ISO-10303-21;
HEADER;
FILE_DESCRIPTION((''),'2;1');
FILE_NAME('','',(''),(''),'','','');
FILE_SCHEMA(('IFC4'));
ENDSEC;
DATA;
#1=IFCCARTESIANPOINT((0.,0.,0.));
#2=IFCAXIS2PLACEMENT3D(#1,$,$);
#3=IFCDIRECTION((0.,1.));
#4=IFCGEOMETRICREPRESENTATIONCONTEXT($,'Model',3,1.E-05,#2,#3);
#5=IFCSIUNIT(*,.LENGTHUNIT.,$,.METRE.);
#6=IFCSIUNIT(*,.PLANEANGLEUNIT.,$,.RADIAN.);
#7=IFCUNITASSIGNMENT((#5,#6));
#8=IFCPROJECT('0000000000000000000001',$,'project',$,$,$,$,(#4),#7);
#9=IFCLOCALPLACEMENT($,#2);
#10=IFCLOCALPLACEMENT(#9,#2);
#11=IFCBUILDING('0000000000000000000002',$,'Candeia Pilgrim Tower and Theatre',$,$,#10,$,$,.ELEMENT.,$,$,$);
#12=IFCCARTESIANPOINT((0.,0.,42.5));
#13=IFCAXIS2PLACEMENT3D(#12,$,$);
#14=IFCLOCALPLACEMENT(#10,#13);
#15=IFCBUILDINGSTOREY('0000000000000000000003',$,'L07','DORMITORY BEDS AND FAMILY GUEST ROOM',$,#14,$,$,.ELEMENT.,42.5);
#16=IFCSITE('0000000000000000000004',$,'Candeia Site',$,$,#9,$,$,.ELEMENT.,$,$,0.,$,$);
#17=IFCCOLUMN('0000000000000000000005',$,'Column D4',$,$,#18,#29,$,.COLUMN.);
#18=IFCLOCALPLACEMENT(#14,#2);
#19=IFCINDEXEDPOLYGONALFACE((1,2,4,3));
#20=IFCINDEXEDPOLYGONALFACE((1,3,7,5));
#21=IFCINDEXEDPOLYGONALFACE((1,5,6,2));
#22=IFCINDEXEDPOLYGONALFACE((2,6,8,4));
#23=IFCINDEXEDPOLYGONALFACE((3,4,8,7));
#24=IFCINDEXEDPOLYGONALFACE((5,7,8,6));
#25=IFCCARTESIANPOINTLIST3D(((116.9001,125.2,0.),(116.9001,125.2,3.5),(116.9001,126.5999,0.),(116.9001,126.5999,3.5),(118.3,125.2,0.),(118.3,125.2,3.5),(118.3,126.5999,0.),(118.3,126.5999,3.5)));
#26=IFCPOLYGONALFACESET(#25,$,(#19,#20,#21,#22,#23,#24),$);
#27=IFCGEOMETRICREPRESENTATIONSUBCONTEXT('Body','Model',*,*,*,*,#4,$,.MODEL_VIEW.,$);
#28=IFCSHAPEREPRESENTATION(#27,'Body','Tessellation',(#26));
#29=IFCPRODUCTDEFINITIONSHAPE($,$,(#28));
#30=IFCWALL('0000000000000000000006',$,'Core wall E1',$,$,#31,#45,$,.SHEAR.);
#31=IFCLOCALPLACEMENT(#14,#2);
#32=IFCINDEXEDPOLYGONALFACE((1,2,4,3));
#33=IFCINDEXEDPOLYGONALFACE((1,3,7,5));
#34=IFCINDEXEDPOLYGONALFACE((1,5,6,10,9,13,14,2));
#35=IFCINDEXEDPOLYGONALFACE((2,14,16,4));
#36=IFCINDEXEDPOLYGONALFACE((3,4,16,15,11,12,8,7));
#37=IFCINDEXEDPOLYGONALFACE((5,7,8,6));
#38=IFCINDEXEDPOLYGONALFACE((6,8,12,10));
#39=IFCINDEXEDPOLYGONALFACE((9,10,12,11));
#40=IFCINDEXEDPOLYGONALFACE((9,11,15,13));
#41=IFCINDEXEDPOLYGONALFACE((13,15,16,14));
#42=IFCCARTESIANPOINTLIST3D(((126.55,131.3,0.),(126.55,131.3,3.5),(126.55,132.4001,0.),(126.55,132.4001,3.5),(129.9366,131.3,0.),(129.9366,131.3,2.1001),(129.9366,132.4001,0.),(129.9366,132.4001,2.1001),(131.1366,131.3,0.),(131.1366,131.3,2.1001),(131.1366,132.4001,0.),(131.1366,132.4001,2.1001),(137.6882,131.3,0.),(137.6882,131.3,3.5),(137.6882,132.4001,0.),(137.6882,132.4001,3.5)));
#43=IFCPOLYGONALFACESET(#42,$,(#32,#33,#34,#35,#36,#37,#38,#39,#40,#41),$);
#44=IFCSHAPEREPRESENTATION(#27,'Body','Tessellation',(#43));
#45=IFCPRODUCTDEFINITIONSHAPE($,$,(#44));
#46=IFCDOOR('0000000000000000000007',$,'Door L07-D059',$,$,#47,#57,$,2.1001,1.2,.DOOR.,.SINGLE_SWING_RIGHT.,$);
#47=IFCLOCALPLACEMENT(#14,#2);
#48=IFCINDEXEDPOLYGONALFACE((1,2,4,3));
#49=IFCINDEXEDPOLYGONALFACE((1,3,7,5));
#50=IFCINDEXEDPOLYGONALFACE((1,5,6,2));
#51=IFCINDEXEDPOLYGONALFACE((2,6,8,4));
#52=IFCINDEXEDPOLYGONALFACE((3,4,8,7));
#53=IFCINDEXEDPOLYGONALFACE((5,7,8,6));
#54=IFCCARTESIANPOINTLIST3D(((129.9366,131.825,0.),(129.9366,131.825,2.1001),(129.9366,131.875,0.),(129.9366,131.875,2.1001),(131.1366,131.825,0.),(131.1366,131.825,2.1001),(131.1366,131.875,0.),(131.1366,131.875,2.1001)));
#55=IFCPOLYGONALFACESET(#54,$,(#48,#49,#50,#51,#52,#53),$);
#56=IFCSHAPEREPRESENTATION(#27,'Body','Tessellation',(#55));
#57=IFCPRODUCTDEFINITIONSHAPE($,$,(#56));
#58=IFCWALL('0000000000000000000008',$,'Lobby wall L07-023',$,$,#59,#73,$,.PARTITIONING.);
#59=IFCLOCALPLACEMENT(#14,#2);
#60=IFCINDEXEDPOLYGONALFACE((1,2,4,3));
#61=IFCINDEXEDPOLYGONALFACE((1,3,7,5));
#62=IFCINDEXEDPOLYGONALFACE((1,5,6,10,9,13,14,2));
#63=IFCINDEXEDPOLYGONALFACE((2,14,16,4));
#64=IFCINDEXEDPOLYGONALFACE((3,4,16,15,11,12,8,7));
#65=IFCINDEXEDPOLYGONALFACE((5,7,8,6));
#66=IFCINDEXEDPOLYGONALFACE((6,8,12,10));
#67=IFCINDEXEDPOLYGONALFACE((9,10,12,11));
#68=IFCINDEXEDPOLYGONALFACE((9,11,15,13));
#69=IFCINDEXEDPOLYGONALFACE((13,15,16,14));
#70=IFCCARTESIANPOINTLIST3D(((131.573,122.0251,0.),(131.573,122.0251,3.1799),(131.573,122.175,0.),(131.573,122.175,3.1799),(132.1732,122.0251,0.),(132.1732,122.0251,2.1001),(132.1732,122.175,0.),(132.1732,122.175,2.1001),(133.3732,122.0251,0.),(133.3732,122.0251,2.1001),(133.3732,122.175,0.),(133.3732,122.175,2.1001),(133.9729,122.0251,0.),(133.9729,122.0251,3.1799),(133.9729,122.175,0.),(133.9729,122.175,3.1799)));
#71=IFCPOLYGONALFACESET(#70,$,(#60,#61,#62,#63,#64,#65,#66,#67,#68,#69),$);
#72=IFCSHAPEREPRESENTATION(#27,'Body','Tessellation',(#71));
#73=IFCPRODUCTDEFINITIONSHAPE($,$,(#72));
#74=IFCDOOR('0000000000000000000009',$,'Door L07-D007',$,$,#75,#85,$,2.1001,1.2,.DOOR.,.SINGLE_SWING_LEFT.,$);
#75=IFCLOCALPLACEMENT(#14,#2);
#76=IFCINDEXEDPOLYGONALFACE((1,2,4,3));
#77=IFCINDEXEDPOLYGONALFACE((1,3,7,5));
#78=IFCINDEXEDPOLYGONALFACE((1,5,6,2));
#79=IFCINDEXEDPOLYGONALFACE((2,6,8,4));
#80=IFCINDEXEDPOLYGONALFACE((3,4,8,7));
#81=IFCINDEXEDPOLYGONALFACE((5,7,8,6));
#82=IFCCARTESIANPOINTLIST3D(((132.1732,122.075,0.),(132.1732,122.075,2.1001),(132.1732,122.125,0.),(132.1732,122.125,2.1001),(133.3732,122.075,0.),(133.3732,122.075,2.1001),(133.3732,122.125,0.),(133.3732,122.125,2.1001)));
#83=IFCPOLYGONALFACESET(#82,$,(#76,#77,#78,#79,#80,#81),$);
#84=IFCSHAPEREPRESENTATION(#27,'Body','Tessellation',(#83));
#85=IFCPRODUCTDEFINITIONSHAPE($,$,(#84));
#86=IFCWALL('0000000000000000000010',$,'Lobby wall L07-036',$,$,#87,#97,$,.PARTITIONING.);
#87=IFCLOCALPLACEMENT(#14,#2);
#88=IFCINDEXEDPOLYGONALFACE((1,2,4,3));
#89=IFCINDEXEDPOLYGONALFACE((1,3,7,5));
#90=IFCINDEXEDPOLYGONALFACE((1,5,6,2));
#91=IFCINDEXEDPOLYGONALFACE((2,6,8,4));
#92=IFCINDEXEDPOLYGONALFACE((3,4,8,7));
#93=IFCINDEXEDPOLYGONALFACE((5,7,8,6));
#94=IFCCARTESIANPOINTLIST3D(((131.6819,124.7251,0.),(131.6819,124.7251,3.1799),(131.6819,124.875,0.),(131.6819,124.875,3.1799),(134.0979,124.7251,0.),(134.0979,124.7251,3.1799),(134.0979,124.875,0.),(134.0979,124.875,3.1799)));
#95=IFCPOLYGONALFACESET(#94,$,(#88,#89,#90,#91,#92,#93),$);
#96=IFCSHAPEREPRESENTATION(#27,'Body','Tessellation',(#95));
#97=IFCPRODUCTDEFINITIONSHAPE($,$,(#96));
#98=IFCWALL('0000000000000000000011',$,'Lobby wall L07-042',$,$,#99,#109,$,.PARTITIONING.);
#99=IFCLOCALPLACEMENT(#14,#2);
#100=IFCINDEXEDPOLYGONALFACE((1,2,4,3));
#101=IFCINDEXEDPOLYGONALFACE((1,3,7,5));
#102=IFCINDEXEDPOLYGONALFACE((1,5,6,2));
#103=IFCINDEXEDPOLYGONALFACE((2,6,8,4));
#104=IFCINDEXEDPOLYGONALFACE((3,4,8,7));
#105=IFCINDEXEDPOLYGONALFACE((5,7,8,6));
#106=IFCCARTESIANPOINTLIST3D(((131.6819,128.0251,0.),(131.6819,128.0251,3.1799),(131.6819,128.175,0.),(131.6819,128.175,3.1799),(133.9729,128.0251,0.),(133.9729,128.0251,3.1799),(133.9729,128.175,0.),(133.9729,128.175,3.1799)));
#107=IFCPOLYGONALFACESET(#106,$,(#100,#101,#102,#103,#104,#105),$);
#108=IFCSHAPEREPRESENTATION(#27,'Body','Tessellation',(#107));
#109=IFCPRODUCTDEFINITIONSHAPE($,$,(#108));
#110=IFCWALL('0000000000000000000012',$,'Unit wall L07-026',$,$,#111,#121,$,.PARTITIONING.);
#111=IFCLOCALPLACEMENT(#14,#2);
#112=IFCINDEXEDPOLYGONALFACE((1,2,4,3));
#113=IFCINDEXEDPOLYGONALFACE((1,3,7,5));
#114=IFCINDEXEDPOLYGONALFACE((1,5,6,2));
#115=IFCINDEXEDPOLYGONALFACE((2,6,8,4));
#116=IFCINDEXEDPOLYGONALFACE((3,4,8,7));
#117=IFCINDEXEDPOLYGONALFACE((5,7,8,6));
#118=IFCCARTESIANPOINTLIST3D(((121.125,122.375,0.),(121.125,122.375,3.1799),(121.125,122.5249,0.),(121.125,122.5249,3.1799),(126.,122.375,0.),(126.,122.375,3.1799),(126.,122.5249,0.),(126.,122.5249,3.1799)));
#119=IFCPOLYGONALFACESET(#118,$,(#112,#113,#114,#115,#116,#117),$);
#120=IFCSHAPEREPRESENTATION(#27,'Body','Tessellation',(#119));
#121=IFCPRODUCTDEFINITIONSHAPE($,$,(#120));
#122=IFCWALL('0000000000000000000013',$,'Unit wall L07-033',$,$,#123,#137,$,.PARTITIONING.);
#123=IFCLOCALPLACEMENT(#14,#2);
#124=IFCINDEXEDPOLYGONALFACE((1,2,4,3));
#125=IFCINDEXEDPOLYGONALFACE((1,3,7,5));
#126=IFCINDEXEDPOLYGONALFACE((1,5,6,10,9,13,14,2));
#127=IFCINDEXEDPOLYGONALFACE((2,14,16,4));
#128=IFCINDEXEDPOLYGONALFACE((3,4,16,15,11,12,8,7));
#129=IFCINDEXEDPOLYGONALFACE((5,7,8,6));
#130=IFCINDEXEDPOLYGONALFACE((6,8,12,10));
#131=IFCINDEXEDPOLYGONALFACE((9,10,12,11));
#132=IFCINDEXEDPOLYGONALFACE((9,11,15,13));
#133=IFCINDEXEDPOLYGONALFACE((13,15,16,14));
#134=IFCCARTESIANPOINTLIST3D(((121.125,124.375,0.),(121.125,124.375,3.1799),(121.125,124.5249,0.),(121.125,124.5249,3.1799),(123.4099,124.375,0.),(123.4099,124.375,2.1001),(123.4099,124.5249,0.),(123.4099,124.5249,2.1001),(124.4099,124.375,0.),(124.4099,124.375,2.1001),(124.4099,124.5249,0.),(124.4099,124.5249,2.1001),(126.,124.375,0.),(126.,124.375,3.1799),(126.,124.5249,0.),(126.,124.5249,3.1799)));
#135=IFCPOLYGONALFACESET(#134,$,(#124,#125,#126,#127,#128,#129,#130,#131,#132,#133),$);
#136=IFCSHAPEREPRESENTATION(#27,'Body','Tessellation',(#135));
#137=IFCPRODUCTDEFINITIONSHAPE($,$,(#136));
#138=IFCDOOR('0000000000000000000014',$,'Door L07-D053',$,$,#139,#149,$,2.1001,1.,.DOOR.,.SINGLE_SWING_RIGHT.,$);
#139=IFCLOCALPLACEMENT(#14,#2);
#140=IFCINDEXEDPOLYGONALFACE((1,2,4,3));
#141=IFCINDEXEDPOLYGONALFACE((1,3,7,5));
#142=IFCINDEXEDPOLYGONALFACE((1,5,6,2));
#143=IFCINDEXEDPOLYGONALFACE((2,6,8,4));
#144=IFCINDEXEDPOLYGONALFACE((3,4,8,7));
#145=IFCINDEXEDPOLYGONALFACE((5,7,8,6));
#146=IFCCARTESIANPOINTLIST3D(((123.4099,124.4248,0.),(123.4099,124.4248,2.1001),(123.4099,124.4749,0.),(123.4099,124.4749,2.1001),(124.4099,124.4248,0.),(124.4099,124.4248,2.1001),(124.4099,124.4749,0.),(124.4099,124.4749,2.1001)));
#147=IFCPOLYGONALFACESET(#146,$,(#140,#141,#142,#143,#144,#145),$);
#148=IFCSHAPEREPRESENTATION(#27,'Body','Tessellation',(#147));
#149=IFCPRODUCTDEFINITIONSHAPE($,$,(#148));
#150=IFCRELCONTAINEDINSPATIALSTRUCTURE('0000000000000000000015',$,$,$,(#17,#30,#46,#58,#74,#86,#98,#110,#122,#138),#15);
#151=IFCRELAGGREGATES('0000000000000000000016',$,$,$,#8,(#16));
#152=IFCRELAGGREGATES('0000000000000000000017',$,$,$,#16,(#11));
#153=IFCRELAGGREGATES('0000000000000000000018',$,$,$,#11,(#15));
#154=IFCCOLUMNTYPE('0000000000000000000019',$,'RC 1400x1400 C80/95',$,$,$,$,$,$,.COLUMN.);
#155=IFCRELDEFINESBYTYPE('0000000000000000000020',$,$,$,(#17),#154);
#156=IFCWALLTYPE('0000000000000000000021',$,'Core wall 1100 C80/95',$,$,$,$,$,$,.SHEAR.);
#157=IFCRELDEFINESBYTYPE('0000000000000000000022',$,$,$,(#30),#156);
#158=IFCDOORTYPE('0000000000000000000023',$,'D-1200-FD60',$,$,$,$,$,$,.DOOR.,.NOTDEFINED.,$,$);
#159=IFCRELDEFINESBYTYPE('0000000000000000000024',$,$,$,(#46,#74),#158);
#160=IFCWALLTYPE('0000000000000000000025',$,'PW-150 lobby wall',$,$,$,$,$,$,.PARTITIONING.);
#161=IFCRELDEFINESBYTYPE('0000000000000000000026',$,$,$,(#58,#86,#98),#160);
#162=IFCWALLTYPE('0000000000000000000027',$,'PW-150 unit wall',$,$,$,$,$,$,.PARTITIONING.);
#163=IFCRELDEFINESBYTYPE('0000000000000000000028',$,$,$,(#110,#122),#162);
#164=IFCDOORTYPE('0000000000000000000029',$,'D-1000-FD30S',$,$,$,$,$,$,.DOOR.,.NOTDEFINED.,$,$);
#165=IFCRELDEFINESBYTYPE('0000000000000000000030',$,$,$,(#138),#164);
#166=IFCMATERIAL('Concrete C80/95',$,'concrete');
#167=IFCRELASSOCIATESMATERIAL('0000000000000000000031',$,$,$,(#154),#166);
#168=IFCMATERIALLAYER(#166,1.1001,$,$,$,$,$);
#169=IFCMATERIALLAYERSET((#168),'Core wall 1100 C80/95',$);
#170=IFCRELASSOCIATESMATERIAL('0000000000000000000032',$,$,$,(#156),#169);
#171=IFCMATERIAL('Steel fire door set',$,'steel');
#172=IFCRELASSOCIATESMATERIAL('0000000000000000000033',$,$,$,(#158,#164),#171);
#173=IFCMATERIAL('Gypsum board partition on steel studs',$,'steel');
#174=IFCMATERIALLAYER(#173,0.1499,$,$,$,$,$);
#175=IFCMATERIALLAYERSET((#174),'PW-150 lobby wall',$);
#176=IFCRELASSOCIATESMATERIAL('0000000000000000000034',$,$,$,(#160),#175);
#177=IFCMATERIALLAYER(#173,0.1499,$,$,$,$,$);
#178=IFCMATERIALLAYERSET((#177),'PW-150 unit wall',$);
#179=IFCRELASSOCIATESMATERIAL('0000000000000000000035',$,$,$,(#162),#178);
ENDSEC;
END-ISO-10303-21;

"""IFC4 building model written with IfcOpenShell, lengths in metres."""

from ifc_helpers import new_model, si_unit, direction, frame, frame_2d, origin, origin_2d, place, context, subcontext, project, spatial, rectangle, extrude, material, layer, layer_set, material_profile, profile_set, type_object, element, fill, save


model = new_model("IFC4")

# Units and contexts
model_context = context("Model", 3, precision=1e-05, world=origin(), true_north=direction((0.0, 1.0)))
body_context = subcontext(model_context, "Body", "Model", "MODEL_VIEW")
ifc_project = project(units=[si_unit("LENGTHUNIT", "METRE"), si_unit("PLANEANGLEUNIT", "RADIAN")], contexts=[model_context])

# Site, building, storey
site_placement = place(None, origin())
site = spatial("IfcSite", under=ifc_project, at=site_placement, Name="Candeia Site", CompositionType="ELEMENT", RefElevation=0.0)
building_placement = place(site_placement, origin())
building = spatial("IfcBuilding", under=site, at=building_placement, Name="Candeia Pilgrim Tower and Theatre", CompositionType="ELEMENT")
storey_placement = place(building_placement, frame((0.0, 0.0, 42.5)))
storey = spatial("IfcBuildingStorey", under=building, at=storey_placement, Name="L07", Description="DORMITORY BEDS AND FAMILY GUEST ROOM", CompositionType="ELEMENT", Elevation=42.5)

# Column
ifc_material_1 = material(Name="Concrete C80/95", Category="concrete")
ifc_material_profile = material_profile(ifc_material_1, rectangle(XDim=1.3999, YDim=1.3999, at=origin_2d()))
ifc_profile_set = profile_set([ifc_material_profile], Name="Concrete C80/95")
column_type = type_object("IfcColumnType", Name="RC 1400x1400 C80/95", PredefinedType="COLUMN", material=ifc_profile_set)
column_placement = place(storey_placement, frame((117.6001, 125.8999, 0.0), z_axis=(0.0, 0.0, 1.0), x_axis=(1.0, 0.0, 0.0)))
element("IfcColumn", 1, at=column_placement, inside=storey, type_object=column_type, Name="Column D4", PredefinedType="COLUMN", context=body_context, shape_type="SweptSolid", body=[
    extrude(rectangle(XDim=1.3999, YDim=1.3999, at=origin_2d()), origin(), (0.0, 0.0, 1.0), 3.5),
])

# Walls, openings, doors
ifc_layer_1 = layer(ifc_material_1, 1.1001)
ifc_layer_set_1 = layer_set([ifc_layer_1], Name="Core wall 1100 C80/95")
wall_type_1 = type_object("IfcWallType", Name="Core wall 1100 C80/95", PredefinedType="SHEAR", material=ifc_layer_set_1)
wall_1_placement = place(storey_placement, frame((126.55, 131.8501, 0.0), z_axis=(0.0, 0.0, 1.0), x_axis=(1.0, 0.0, 0.0)))
wall_1 = element("IfcWall", 2, at=wall_1_placement, inside=storey, type_object=wall_type_1, Name="Core wall E1", PredefinedType="SHEAR", context=body_context, shape_type="SweptSolid", body=[
    extrude(rectangle(XDim=11.1382, YDim=1.1001, at=frame_2d((5.5691, 0.0))), origin(), (0.0, 0.0, 1.0), 3.5),
])
opening_1_placement = place(wall_1_placement, frame((3.3865, 0.0, 0.0)))
opening_1 = element("IfcOpeningElement", 3, at=opening_1_placement, cuts=wall_1, PredefinedType="OPENING", context=body_context, shape_type="SweptSolid", body=[
    extrude(rectangle(XDim=1.2, YDim=2.1001, at=frame_2d((0.6001, 1.05))), frame((0.0, 0.5601, 0.0), z_axis=(0.0, -1.0, 0.0), x_axis=(1.0, 0.0, 0.0)), (0.0, 0.0, 1.0), 1.1201),
])
ifc_material_2 = material(Name="Steel fire door set", Category="steel")
door_type_1 = type_object("IfcDoorType", Name="D-1200-FD60", OperationType="NOTDEFINED", PredefinedType="DOOR", material=ifc_material_2)
door_1_placement = place(opening_1_placement, origin())
door_1 = element("IfcDoor", 4, at=door_1_placement, inside=storey, type_object=door_type_1, Name="Door L07-D059", OperationType="SINGLE_SWING_RIGHT", OverallHeight=2.1001, OverallWidth=1.2, PredefinedType="DOOR", context=body_context, shape_type="SweptSolid", body=[
    extrude(rectangle(XDim=1.2, YDim=2.1001, at=frame_2d((0.6001, 1.05))), frame((0.0, 0.0249, 0.0), z_axis=(0.0, -1.0, 0.0), x_axis=(1.0, 0.0, 0.0)), (0.0, 0.0, 1.0), 0.05),
])
fill(opening_1, door_1)
ifc_material_3 = material(Name="Gypsum board partition on steel studs", Category="steel")
ifc_layer_2 = layer(ifc_material_3, 0.1499)
ifc_layer_set_2 = layer_set([ifc_layer_2], Name="PW-150 lobby wall")
wall_type_2 = type_object("IfcWallType", Name="PW-150 lobby wall", PredefinedType="PARTITIONING", material=ifc_layer_set_2)
wall_2_placement = place(storey_placement, frame((131.573, 122.1001, 0.0), z_axis=(0.0, 0.0, 1.0), x_axis=(1.0, 0.0, 0.0)))
wall_2 = element("IfcWall", 5, at=wall_2_placement, inside=storey, type_object=wall_type_2, Name="Lobby wall L07-023", PredefinedType="PARTITIONING", context=body_context, shape_type="SweptSolid", body=[
    extrude(rectangle(XDim=2.3999, YDim=0.1499, at=frame_2d((1.2, 0.0))), origin(), (0.0, 0.0, 1.0), 3.1799),
])
opening_2_placement = place(wall_2_placement, frame((0.6001, 0.0, 0.0)))
opening_2 = element("IfcOpeningElement", 6, at=opening_2_placement, cuts=wall_2, PredefinedType="OPENING", context=body_context, shape_type="SweptSolid", body=[
    extrude(rectangle(XDim=1.2, YDim=2.1001, at=frame_2d((0.6001, 1.05))), frame((0.0, 0.085, 0.0), z_axis=(0.0, -1.0, 0.0), x_axis=(1.0, 0.0, 0.0)), (0.0, 0.0, 1.0), 0.1699),
])
door_2_placement = place(opening_2_placement, origin())
door_2 = element("IfcDoor", 7, at=door_2_placement, inside=storey, type_object=door_type_1, Name="Door L07-D007", OperationType="SINGLE_SWING_LEFT", OverallHeight=2.1001, OverallWidth=1.2, PredefinedType="DOOR", context=body_context, shape_type="SweptSolid", body=[
    extrude(rectangle(XDim=1.2, YDim=2.1001, at=frame_2d((0.6001, 1.05))), frame((0.0, 0.0249, 0.0), z_axis=(0.0, -1.0, 0.0), x_axis=(1.0, 0.0, 0.0)), (0.0, 0.0, 1.0), 0.05),
])
fill(opening_2, door_2)

# Walls
wall_3_placement = place(storey_placement, frame((131.6819, 124.8, 0.0), z_axis=(0.0, 0.0, 1.0), x_axis=(1.0, 0.0, 0.0)))
element("IfcWall", 8, at=wall_3_placement, inside=storey, type_object=wall_type_2, Name="Lobby wall L07-036", PredefinedType="PARTITIONING", context=body_context, shape_type="SweptSolid", body=[
    extrude(rectangle(XDim=2.416, YDim=0.1499, at=frame_2d((1.208, 0.0))), origin(), (0.0, 0.0, 1.0), 3.1799),
])
wall_4_placement = place(storey_placement, frame((131.6819, 128.1001, 0.0), z_axis=(0.0, 0.0, 1.0), x_axis=(1.0, 0.0, 0.0)))
element("IfcWall", 9, at=wall_4_placement, inside=storey, type_object=wall_type_2, Name="Lobby wall L07-042", PredefinedType="PARTITIONING", context=body_context, shape_type="SweptSolid", body=[
    extrude(rectangle(XDim=2.291, YDim=0.1499, at=frame_2d((1.1455, 0.0))), origin(), (0.0, 0.0, 1.0), 3.1799),
])
ifc_layer_3 = layer(ifc_material_3, 0.1499)
ifc_layer_set_3 = layer_set([ifc_layer_3], Name="PW-150 unit wall")
wall_type_3 = type_object("IfcWallType", Name="PW-150 unit wall", PredefinedType="PARTITIONING", material=ifc_layer_set_3)
wall_5_placement = place(storey_placement, frame((121.125, 122.45, 0.0), z_axis=(0.0, 0.0, 1.0), x_axis=(1.0, 0.0, 0.0)))
element("IfcWall", 10, at=wall_5_placement, inside=storey, type_object=wall_type_3, Name="Unit wall L07-026", PredefinedType="PARTITIONING", context=body_context, shape_type="SweptSolid", body=[
    extrude(rectangle(XDim=4.875, YDim=0.1499, at=frame_2d((2.4375, 0.0))), origin(), (0.0, 0.0, 1.0), 3.1799),
])

# Wall, opening, door
wall_6_placement = place(storey_placement, frame((121.125, 124.45, 0.0), z_axis=(0.0, 0.0, 1.0), x_axis=(1.0, 0.0, 0.0)))
wall_6 = element("IfcWall", 11, at=wall_6_placement, inside=storey, type_object=wall_type_3, Name="Unit wall L07-033", PredefinedType="PARTITIONING", context=body_context, shape_type="SweptSolid", body=[
    extrude(rectangle(XDim=4.875, YDim=0.1499, at=frame_2d((2.4375, 0.0))), origin(), (0.0, 0.0, 1.0), 3.1799),
])
opening_3_placement = place(wall_6_placement, frame((2.2849, 0.0, 0.0)))
opening_3 = element("IfcOpeningElement", 12, at=opening_3_placement, cuts=wall_6, PredefinedType="OPENING", context=body_context, shape_type="SweptSolid", body=[
    extrude(rectangle(XDim=1.0, YDim=2.1001, at=frame_2d((0.5, 1.05))), frame((0.0, 0.085, 0.0), z_axis=(0.0, -1.0, 0.0), x_axis=(1.0, 0.0, 0.0)), (0.0, 0.0, 1.0), 0.1699),
])
door_type_2 = type_object("IfcDoorType", Name="D-1000-FD30S", OperationType="NOTDEFINED", PredefinedType="DOOR", material=ifc_material_2)
door_3_placement = place(opening_3_placement, origin())
door_3 = element("IfcDoor", 13, at=door_3_placement, inside=storey, type_object=door_type_2, Name="Door L07-D053", OperationType="SINGLE_SWING_RIGHT", OverallHeight=2.1001, OverallWidth=1.0, PredefinedType="DOOR", context=body_context, shape_type="SweptSolid", body=[
    extrude(rectangle(XDim=1.0, YDim=2.1001, at=frame_2d((0.5, 1.05))), frame((0.0, 0.0249, 0.0), z_axis=(0.0, -1.0, 0.0), x_axis=(1.0, 0.0, 0.0)), (0.0, 0.0, 1.0), 0.05),
])
fill(opening_3, door_3)

save(model, "model.ifc")
